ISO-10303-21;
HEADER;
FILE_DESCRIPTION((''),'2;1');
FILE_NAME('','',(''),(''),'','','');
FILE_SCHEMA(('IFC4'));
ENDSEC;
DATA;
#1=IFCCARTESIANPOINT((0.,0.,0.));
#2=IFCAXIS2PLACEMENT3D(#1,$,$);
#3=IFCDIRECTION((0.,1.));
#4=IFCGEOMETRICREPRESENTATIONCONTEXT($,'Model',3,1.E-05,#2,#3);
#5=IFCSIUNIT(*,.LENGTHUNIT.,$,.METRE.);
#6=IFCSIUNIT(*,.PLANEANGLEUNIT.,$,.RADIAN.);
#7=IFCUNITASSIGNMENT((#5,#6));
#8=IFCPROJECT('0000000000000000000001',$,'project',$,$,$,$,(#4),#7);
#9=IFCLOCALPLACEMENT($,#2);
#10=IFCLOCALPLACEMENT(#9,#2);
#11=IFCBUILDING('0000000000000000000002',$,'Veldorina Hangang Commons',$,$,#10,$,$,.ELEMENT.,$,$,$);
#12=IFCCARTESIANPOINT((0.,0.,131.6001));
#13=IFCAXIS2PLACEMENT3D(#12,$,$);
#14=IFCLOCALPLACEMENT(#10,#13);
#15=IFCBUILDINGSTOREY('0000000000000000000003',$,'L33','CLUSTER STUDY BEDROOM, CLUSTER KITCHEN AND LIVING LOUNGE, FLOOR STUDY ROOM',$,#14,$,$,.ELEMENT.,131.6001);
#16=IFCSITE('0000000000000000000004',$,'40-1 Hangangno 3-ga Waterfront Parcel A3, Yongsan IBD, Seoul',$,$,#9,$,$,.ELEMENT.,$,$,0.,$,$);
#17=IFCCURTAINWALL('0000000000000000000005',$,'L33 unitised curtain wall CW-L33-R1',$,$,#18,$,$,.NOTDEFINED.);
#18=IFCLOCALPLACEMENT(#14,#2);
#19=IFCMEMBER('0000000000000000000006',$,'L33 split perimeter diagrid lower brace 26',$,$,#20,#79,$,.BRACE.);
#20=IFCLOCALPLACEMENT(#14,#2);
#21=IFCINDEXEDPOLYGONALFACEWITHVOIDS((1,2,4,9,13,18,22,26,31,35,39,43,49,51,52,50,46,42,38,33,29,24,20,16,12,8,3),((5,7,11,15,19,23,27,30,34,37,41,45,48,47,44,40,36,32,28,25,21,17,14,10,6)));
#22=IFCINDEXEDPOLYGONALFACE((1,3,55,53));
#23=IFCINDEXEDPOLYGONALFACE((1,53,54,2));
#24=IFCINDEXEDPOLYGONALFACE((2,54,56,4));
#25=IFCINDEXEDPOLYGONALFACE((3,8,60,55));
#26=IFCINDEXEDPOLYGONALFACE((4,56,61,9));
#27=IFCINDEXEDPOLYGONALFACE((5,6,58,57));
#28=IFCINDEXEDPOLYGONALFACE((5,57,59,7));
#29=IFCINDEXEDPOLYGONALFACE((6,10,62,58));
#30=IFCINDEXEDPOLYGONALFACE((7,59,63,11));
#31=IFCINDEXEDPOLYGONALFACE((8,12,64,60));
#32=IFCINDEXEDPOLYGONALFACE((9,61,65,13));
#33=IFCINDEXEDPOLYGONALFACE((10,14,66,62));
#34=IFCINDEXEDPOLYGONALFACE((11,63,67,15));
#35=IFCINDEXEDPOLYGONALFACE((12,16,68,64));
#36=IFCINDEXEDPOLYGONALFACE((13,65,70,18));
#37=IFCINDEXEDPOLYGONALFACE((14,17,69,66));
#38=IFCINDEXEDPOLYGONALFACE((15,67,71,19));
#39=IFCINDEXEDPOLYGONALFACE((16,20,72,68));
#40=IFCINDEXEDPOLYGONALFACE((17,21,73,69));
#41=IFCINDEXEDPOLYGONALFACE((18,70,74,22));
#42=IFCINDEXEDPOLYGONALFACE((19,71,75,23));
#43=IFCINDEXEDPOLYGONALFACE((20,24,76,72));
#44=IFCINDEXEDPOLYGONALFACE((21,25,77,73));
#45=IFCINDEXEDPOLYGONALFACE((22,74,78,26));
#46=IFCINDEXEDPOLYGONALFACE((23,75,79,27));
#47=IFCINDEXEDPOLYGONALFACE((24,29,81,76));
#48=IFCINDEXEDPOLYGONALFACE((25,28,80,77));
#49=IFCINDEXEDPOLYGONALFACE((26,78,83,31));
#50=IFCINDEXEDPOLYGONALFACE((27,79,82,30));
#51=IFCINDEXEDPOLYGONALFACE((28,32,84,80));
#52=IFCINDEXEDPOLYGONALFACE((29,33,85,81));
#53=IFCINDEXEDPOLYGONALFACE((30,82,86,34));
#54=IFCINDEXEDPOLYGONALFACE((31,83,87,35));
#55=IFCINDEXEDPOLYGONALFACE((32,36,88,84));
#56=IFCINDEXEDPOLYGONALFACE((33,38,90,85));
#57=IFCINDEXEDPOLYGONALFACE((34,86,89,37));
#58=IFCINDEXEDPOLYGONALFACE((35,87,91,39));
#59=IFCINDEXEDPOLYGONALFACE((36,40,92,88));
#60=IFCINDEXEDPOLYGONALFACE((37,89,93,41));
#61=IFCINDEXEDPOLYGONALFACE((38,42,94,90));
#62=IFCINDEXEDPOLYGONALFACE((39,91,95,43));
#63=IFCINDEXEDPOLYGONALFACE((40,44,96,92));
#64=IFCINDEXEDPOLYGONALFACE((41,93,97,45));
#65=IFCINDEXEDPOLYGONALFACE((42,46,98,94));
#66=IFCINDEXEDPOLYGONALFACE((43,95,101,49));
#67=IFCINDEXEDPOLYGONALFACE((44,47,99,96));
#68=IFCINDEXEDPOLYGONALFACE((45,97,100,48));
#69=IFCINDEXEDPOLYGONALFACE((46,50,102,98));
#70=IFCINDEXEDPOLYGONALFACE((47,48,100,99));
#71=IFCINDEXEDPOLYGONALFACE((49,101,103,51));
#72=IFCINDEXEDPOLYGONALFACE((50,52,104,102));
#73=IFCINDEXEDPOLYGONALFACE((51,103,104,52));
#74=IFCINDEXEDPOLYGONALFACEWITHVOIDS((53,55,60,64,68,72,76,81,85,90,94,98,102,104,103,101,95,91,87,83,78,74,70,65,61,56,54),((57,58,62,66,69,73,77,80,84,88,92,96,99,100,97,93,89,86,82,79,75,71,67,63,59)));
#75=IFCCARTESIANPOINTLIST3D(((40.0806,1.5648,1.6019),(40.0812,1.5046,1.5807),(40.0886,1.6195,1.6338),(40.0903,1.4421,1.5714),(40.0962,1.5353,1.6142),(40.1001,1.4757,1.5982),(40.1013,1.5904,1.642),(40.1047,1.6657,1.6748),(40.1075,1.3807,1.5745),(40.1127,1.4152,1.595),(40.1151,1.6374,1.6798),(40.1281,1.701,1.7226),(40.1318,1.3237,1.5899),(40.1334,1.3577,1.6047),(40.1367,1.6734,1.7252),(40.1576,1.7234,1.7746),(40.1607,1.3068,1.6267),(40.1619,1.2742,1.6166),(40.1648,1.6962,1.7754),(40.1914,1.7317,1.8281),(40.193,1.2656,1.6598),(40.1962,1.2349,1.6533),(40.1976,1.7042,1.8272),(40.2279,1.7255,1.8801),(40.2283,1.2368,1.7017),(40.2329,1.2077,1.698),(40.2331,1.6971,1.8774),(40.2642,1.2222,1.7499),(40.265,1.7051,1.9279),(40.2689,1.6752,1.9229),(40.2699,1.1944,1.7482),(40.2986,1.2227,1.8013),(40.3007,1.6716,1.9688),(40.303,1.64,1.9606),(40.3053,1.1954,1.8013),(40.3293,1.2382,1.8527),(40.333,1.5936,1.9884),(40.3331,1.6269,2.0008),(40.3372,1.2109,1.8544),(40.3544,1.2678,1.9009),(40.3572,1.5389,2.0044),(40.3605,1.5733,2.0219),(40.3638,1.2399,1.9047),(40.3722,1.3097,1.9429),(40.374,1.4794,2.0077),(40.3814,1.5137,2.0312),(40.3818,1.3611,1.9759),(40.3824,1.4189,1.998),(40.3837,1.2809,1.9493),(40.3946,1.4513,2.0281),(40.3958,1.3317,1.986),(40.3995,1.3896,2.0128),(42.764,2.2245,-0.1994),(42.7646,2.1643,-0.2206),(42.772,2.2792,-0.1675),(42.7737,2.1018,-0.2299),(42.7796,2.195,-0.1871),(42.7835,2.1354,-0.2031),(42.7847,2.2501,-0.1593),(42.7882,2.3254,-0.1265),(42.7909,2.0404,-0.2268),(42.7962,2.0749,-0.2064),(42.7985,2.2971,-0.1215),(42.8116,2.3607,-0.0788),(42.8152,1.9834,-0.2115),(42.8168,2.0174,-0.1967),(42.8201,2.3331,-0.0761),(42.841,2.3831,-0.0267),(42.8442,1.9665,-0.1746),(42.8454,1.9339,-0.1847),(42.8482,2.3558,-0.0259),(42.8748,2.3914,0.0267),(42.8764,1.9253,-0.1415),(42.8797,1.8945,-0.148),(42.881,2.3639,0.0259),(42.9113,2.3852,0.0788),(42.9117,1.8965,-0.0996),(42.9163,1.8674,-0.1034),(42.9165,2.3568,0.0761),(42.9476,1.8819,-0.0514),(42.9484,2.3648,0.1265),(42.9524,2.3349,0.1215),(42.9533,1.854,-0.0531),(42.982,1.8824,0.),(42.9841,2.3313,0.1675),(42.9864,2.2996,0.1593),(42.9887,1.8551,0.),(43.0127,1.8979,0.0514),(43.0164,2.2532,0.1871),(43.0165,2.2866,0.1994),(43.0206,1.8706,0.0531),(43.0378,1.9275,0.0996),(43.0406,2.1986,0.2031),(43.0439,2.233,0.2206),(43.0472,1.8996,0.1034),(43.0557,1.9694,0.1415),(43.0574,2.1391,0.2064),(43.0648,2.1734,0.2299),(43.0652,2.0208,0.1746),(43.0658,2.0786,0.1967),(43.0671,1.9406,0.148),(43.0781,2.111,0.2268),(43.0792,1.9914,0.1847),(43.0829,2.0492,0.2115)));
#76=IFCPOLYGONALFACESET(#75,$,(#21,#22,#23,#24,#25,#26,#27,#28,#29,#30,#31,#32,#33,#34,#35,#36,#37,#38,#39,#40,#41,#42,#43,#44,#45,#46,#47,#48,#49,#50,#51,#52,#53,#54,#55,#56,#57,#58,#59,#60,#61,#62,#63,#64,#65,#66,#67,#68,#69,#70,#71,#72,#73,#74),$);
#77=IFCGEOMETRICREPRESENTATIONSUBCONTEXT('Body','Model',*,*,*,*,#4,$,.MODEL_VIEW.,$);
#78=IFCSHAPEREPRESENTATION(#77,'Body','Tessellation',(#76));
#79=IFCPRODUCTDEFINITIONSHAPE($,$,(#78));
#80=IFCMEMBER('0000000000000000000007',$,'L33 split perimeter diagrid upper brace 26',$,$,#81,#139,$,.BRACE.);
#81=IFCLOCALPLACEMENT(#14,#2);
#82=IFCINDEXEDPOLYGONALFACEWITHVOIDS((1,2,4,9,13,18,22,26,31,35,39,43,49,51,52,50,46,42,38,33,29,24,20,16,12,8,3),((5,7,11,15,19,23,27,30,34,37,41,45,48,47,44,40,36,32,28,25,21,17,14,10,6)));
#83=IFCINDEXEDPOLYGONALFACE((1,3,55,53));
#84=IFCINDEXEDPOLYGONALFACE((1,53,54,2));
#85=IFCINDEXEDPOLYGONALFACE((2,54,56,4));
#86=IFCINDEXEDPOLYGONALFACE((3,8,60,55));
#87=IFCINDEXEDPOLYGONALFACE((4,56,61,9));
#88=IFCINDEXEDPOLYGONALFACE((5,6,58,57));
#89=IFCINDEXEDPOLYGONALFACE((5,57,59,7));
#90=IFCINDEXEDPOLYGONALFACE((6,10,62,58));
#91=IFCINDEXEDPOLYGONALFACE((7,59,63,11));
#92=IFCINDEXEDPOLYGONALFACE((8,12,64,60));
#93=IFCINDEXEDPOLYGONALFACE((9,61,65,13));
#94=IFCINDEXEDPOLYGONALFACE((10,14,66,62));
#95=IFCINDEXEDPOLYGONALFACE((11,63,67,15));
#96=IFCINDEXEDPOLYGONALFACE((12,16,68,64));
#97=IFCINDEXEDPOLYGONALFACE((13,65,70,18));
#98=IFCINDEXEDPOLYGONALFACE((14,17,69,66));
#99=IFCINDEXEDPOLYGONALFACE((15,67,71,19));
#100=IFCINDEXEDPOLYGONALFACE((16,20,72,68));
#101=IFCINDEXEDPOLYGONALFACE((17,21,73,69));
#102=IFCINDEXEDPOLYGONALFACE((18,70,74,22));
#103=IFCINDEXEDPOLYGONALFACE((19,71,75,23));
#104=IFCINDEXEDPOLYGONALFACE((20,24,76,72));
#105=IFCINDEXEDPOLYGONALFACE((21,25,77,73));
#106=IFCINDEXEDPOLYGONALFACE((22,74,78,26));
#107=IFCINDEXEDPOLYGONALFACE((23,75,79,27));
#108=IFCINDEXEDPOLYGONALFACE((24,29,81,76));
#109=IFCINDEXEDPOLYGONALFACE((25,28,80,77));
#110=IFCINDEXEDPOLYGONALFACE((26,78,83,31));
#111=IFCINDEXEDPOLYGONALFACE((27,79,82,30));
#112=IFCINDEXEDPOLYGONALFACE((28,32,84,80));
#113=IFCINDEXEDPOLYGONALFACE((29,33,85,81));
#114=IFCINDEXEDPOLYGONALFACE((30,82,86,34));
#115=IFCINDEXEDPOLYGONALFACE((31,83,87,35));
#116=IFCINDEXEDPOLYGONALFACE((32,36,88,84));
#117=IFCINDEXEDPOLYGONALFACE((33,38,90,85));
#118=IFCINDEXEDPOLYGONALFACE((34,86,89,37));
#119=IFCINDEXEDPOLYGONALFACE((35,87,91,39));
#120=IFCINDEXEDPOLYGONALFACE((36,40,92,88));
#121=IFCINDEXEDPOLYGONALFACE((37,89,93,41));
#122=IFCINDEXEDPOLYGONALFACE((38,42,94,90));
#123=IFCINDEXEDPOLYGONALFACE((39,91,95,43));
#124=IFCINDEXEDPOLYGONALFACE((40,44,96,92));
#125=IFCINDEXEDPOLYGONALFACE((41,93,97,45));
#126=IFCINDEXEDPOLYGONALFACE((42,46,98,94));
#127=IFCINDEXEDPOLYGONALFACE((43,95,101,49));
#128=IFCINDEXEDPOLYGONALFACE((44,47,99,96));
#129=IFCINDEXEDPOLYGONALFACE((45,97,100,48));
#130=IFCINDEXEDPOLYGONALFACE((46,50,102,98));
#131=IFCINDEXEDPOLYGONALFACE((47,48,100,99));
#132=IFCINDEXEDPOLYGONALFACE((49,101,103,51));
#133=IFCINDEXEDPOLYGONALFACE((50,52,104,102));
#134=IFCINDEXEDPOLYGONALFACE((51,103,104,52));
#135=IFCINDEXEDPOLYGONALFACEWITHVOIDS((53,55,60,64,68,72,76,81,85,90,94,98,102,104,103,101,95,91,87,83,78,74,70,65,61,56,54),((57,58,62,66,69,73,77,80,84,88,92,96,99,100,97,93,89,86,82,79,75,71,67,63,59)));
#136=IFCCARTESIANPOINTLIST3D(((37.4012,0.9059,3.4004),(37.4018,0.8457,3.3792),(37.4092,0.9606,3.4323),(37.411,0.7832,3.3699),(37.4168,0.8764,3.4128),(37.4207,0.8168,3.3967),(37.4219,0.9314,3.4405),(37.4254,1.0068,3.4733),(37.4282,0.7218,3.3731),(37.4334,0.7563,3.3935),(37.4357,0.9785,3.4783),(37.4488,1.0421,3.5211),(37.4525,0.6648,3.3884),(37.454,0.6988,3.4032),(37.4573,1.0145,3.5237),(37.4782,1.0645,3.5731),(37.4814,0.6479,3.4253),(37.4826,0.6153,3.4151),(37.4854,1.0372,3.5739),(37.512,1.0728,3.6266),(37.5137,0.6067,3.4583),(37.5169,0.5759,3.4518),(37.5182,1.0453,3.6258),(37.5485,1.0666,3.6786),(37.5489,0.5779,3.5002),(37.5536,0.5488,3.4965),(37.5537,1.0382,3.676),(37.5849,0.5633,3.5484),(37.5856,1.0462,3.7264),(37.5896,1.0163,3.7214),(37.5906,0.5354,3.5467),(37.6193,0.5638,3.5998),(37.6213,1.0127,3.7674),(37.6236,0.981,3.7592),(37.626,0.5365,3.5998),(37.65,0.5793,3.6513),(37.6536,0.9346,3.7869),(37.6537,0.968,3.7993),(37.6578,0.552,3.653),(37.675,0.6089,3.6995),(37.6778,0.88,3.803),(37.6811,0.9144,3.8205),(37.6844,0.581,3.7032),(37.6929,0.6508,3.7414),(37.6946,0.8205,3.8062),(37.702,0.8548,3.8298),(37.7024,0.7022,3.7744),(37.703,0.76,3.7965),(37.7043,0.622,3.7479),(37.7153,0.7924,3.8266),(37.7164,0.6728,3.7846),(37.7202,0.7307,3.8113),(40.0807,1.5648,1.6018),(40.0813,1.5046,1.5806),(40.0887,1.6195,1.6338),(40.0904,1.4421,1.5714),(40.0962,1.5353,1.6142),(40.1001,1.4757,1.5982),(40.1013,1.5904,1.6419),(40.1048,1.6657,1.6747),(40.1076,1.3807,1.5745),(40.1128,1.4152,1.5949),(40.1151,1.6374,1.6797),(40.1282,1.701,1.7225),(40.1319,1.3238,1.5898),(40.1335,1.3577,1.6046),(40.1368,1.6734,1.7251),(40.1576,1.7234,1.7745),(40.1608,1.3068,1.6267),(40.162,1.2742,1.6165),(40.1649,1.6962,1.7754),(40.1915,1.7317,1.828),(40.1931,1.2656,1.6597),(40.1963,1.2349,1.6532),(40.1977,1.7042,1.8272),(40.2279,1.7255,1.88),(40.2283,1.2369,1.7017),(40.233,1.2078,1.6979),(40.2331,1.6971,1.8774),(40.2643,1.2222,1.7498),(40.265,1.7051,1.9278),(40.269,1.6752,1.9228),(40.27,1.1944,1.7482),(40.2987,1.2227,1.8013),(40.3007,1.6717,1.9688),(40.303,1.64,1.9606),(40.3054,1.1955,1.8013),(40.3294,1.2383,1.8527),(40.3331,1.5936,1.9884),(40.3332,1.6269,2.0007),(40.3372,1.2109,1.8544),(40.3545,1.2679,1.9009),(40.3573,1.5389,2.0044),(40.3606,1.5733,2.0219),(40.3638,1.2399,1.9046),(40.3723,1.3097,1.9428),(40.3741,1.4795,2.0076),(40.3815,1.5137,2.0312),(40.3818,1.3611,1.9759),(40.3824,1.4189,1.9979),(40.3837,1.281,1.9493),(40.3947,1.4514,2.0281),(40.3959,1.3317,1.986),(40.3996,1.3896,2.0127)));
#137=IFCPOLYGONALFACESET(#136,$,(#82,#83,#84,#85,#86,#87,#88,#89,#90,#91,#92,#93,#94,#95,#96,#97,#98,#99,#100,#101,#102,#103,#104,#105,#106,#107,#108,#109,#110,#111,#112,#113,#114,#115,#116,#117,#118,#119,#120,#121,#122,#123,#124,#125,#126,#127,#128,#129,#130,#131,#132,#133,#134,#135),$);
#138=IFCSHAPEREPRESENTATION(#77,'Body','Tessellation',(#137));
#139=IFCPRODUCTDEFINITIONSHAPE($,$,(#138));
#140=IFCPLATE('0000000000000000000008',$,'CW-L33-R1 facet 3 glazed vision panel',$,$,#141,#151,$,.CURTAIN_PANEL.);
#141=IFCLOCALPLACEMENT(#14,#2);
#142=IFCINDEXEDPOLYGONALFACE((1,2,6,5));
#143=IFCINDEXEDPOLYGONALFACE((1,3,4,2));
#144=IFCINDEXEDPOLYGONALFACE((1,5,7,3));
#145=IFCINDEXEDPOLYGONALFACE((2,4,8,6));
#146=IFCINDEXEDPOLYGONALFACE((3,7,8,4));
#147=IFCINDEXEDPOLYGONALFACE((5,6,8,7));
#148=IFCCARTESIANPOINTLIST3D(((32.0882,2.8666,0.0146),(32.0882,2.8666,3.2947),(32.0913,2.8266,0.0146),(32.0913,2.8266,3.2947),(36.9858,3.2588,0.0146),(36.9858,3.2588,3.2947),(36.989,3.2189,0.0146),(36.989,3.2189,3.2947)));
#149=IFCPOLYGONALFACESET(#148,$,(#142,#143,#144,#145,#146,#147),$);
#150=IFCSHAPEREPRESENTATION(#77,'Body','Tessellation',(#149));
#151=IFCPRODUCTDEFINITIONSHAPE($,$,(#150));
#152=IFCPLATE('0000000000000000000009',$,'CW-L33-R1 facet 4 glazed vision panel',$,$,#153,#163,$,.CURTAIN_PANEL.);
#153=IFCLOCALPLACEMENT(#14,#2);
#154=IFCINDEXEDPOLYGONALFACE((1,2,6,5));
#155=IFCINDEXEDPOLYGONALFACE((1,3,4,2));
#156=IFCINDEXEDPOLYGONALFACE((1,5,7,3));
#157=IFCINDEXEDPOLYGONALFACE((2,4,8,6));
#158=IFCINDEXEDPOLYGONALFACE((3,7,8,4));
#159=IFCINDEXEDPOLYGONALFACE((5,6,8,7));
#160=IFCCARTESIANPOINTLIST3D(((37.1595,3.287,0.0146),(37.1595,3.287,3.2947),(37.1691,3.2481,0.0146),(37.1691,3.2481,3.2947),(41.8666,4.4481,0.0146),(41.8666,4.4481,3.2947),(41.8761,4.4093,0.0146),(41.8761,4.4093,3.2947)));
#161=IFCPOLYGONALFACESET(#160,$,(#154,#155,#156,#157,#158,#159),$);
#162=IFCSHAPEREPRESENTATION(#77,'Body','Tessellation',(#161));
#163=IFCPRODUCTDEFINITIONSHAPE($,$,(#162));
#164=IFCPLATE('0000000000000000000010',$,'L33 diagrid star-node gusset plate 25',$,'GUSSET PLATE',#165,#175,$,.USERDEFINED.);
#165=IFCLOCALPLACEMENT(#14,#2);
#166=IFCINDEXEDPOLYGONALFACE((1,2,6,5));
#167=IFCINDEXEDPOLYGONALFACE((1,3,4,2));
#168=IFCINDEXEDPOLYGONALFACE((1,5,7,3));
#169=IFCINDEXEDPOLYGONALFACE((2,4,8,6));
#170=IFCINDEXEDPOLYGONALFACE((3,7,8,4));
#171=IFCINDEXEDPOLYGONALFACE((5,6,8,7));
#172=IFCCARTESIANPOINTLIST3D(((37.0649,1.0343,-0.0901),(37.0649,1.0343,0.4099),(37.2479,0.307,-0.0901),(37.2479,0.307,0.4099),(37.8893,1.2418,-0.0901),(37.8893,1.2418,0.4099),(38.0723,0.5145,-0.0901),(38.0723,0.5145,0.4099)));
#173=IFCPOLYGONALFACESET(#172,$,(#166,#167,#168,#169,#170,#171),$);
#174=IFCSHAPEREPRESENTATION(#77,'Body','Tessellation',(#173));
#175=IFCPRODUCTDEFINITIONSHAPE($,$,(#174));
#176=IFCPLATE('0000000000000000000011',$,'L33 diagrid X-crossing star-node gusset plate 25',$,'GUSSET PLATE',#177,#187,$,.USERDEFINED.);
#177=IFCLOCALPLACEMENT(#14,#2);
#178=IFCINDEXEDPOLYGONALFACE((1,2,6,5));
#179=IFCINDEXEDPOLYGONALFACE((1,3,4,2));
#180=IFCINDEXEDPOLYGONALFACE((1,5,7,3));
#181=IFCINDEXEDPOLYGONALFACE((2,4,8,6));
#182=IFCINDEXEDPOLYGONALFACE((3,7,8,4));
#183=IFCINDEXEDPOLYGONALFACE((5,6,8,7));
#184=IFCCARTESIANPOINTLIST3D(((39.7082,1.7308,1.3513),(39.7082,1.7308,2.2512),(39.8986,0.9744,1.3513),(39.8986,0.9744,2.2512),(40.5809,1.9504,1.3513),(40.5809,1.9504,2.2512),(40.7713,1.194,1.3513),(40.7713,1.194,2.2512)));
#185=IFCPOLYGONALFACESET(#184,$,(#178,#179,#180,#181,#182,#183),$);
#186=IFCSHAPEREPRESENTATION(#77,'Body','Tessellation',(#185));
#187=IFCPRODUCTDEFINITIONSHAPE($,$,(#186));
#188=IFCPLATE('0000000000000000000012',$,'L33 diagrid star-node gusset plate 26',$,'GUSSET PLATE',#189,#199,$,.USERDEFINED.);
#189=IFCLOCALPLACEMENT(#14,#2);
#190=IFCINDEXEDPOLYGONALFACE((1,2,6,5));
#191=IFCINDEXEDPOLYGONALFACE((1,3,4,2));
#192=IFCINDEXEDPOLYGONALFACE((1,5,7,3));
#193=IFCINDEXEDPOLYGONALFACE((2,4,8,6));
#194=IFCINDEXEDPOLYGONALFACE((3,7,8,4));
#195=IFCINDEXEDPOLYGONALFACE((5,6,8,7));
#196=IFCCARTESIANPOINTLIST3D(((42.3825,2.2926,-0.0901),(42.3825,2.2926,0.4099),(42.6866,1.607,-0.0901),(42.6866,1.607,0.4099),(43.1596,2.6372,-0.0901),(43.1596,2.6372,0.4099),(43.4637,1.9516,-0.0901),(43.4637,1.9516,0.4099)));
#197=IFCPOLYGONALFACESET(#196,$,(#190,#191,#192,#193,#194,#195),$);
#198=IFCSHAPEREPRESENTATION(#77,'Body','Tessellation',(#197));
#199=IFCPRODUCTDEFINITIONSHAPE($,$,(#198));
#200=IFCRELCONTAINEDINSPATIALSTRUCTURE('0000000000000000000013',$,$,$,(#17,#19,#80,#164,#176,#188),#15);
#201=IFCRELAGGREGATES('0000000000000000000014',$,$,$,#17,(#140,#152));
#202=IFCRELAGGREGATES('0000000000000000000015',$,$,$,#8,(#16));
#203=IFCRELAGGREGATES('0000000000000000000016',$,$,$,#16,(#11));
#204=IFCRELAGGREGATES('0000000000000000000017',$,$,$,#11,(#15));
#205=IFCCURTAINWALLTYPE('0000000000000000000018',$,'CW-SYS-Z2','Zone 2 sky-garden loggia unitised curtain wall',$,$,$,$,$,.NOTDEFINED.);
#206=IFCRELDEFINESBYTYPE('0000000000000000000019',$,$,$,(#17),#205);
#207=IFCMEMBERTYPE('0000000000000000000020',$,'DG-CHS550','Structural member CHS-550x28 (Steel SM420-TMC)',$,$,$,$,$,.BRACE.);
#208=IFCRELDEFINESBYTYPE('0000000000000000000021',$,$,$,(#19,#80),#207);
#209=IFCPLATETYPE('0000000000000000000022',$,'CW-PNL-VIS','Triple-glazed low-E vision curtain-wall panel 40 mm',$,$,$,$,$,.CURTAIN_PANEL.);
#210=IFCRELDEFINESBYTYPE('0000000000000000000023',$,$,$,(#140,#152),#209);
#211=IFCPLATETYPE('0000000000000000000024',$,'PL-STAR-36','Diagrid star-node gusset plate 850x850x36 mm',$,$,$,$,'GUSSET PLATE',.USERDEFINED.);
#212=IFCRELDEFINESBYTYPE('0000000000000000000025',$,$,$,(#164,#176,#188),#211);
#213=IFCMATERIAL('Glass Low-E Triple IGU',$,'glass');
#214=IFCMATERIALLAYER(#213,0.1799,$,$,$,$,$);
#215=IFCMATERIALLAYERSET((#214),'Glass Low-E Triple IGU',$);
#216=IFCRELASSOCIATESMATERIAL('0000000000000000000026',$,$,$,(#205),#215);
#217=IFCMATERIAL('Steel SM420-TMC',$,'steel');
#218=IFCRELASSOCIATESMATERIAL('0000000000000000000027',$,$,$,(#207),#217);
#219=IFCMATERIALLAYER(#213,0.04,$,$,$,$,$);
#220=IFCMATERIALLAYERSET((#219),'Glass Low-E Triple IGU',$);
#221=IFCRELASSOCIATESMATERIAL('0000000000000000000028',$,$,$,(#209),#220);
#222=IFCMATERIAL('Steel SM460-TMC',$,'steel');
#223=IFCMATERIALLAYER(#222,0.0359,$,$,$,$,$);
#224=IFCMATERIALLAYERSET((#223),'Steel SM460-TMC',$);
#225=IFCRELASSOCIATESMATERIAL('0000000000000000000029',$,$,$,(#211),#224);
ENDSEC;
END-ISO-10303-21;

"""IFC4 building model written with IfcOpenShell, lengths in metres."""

from ifc_helpers import new_model, si_unit, direction, frame, origin, origin_2d, place, context, subcontext, project, spatial, rectangle, hollow_circle, extrude, material, layer, layer_set, material_profile, profile_set, type_object, element, aggregate, save


model = new_model("IFC4")

# Units and contexts
model_context = context("Model", 3, precision=1e-05, world=origin(), true_north=direction((0.0, 1.0)))
body_context = subcontext(model_context, "Body", "Model", "MODEL_VIEW")
ifc_project = project(units=[si_unit("LENGTHUNIT", "METRE"), si_unit("PLANEANGLEUNIT", "RADIAN")], contexts=[model_context])

# Site, building, storey
site_placement = place(None, origin())
site = spatial("IfcSite", under=ifc_project, at=site_placement, Name="40-1 Hangangno 3-ga Waterfront Parcel A3, Yongsan IBD, Seoul", CompositionType="ELEMENT", RefElevation=0.0)
building_placement = place(site_placement, origin())
building = spatial("IfcBuilding", under=site, at=building_placement, Name="Veldorina Hangang Commons", CompositionType="ELEMENT")
storey_placement = place(building_placement, frame((0.0, 0.0, 131.6001)))
storey = spatial("IfcBuildingStorey", under=building, at=storey_placement, Name="L33", Description="CLUSTER STUDY BEDROOM, CLUSTER KITCHEN AND LIVING LOUNGE, FLOOR STUDY ROOM", CompositionType="ELEMENT", Elevation=131.6001)

# Shared definitions
ifc_material_1 = material(Name="Steel SM420-TMC", Category="steel")

# Curtain wall
ifc_material_2 = material(Name="Glass Low-E Triple IGU", Category="glass")
ifc_layer_1 = layer(ifc_material_2, 0.1799)
ifc_layer_set_1 = layer_set([ifc_layer_1], Name="Glass Low-E Triple IGU")
curtain_wall_type = type_object("IfcCurtainWallType", Name="CW-SYS-Z2", Description="Zone 2 sky-garden loggia unitised curtain wall", PredefinedType="NOTDEFINED", material=ifc_layer_set_1)
curtain_wall_placement = place(storey_placement, origin())
curtain_wall = element("IfcCurtainWall", 1, at=curtain_wall_placement, inside=storey, type_object=curtain_wall_type, Name="L33 unitised curtain wall CW-L33-R1", PredefinedType="NOTDEFINED")

# Members
ifc_material_profile_1 = material_profile(ifc_material_1, hollow_circle(Radius=0.2749, WallThickness=0.0281, at=origin_2d()), Name="CHS-550x28")
ifc_profile_set_1 = profile_set([ifc_material_profile_1], Name="Steel SM420-TMC")
member_type_1 = type_object("IfcMemberType", Name="DG-CHS550", Description="Structural member CHS-550x28 (Steel SM420-TMC)", PredefinedType="BRACE", material=ifc_profile_set_1)
member_1_placement = place(storey_placement, frame((42.9231, 2.1221, 0.0), z_axis=(-0.813506, -0.19999, 0.546088), x_axis=(0.238729, -0.971086, 0.0)))
element("IfcMember", 2, at=member_1_placement, inside=storey, type_object=member_type_1, Name="L33 split perimeter diagrid lower brace 26", PredefinedType="BRACE", context=body_context, shape_type="SweptSolid", body=[
    extrude(hollow_circle(Radius=0.2749, WallThickness=0.0281, at=origin_2d()), origin(), (0.0, 0.0, 1.0), 3.2986),
])
member_2_placement = place(storey_placement, frame((40.2397, 1.4624, 1.8013), z_axis=(-0.813503, -0.200059, 0.546066), x_axis=(0.238807, -0.971067, 0.0)))
element("IfcMember", 3, at=member_2_placement, inside=storey, type_object=member_type_1, Name="L33 split perimeter diagrid upper brace 26", PredefinedType="BRACE", context=body_context, shape_type="SweptSolid", body=[
    extrude(hollow_circle(Radius=0.2749, WallThickness=0.0281, at=origin_2d()), origin(), (0.0, 0.0, 1.0), 3.2937),
])

# Plates
ifc_layer_2 = layer(ifc_material_2, 0.04)
ifc_layer_set_2 = layer_set([ifc_layer_2], Name="Glass Low-E Triple IGU")
plate_type_1 = type_object("IfcPlateType", Name="CW-PNL-VIS", Description="Triple-glazed low-E vision curtain-wall panel 40 mm", PredefinedType="CURTAIN_PANEL", material=ifc_layer_set_2)
plate_1_placement = place(storey_placement, frame((34.5386, 3.0427, 0.0146), z_axis=(0.0, 0.0, 1.0), x_axis=(0.996808, 0.079834, 0.0)))
plate_1 = element("IfcPlate", 4, at=plate_1_placement, type_object=plate_type_1, Name="CW-L33-R1 facet 3 glazed vision panel", PredefinedType="CURTAIN_PANEL", context=body_context, shape_type="SweptSolid", body=[
    extrude(rectangle(XDim=4.9133, YDim=0.04, at=origin_2d()), origin(), (0.0, 0.0, 1.0), 3.28),
])
plate_2_placement = place(storey_placement, frame((39.5178, 3.8481, 0.0146), z_axis=(0.0, 0.0, 1.0), x_axis=(0.970896, 0.239499, 0.0)))
plate_2 = element("IfcPlate", 5, at=plate_2_placement, type_object=plate_type_1, Name="CW-L33-R1 facet 4 glazed vision panel", PredefinedType="CURTAIN_PANEL", context=body_context, shape_type="SweptSolid", body=[
    extrude(rectangle(XDim=4.8481, YDim=0.04, at=origin_2d()), origin(), (0.0, 0.0, 1.0), 3.28),
])
aggregate(curtain_wall, [plate_1, plate_2])

# Plates
ifc_material_3 = material(Name="Steel SM460-TMC", Category="steel")
ifc_layer_3 = layer(ifc_material_3, 0.0359)
ifc_layer_set_3 = layer_set([ifc_layer_3], Name="Steel SM460-TMC")
plate_type_2 = type_object("IfcPlateType", Name="PL-STAR-36", Description="Diagrid star-node gusset plate 850x850x36 mm", ElementType="GUSSET PLATE", PredefinedType="USERDEFINED", material=ifc_layer_set_3)
plate_3_placement = place(storey_placement, frame((37.5686, 0.7744, -0.0901), z_axis=(0.0, 0.0, 1.0), x_axis=(0.969761, 0.244055, 0.0)))
element("IfcPlate", 6, at=plate_3_placement, inside=storey, type_object=plate_type_2, Name="L33 diagrid star-node gusset plate 25", ObjectType="GUSSET PLATE", PredefinedType="USERDEFINED", context=body_context, shape_type="SweptSolid", body=[
    extrude(rectangle(XDim=0.8501, YDim=0.75, at=origin_2d()), origin(), (0.0, 0.0, 1.0), 0.5),
])
plate_4_placement = place(storey_placement, frame((40.2397, 1.4624, 1.3513), z_axis=(0.0, 0.0, 1.0), x_axis=(0.969761, 0.244055, 0.0)))
element("IfcPlate", 7, at=plate_4_placement, inside=storey, type_object=plate_type_2, Name="L33 diagrid X-crossing star-node gusset plate 25", ObjectType="GUSSET PLATE", PredefinedType="USERDEFINED", context=body_context, shape_type="SweptSolid", body=[
    extrude(rectangle(XDim=0.8999, YDim=0.78, at=origin_2d()), origin(), (0.0, 0.0, 1.0), 0.8999),
])
plate_5_placement = place(storey_placement, frame((42.9231, 2.1221, -0.0901), z_axis=(0.0, 0.0, 1.0), x_axis=(0.914148, 0.405381, 0.0)))
element("IfcPlate", 8, at=plate_5_placement, inside=storey, type_object=plate_type_2, Name="L33 diagrid star-node gusset plate 26", ObjectType="GUSSET PLATE", PredefinedType="USERDEFINED", context=body_context, shape_type="SweptSolid", body=[
    extrude(rectangle(XDim=0.8501, YDim=0.75, at=origin_2d()), origin(), (0.0, 0.0, 1.0), 0.5),
])

save(model, "model.ifc")
